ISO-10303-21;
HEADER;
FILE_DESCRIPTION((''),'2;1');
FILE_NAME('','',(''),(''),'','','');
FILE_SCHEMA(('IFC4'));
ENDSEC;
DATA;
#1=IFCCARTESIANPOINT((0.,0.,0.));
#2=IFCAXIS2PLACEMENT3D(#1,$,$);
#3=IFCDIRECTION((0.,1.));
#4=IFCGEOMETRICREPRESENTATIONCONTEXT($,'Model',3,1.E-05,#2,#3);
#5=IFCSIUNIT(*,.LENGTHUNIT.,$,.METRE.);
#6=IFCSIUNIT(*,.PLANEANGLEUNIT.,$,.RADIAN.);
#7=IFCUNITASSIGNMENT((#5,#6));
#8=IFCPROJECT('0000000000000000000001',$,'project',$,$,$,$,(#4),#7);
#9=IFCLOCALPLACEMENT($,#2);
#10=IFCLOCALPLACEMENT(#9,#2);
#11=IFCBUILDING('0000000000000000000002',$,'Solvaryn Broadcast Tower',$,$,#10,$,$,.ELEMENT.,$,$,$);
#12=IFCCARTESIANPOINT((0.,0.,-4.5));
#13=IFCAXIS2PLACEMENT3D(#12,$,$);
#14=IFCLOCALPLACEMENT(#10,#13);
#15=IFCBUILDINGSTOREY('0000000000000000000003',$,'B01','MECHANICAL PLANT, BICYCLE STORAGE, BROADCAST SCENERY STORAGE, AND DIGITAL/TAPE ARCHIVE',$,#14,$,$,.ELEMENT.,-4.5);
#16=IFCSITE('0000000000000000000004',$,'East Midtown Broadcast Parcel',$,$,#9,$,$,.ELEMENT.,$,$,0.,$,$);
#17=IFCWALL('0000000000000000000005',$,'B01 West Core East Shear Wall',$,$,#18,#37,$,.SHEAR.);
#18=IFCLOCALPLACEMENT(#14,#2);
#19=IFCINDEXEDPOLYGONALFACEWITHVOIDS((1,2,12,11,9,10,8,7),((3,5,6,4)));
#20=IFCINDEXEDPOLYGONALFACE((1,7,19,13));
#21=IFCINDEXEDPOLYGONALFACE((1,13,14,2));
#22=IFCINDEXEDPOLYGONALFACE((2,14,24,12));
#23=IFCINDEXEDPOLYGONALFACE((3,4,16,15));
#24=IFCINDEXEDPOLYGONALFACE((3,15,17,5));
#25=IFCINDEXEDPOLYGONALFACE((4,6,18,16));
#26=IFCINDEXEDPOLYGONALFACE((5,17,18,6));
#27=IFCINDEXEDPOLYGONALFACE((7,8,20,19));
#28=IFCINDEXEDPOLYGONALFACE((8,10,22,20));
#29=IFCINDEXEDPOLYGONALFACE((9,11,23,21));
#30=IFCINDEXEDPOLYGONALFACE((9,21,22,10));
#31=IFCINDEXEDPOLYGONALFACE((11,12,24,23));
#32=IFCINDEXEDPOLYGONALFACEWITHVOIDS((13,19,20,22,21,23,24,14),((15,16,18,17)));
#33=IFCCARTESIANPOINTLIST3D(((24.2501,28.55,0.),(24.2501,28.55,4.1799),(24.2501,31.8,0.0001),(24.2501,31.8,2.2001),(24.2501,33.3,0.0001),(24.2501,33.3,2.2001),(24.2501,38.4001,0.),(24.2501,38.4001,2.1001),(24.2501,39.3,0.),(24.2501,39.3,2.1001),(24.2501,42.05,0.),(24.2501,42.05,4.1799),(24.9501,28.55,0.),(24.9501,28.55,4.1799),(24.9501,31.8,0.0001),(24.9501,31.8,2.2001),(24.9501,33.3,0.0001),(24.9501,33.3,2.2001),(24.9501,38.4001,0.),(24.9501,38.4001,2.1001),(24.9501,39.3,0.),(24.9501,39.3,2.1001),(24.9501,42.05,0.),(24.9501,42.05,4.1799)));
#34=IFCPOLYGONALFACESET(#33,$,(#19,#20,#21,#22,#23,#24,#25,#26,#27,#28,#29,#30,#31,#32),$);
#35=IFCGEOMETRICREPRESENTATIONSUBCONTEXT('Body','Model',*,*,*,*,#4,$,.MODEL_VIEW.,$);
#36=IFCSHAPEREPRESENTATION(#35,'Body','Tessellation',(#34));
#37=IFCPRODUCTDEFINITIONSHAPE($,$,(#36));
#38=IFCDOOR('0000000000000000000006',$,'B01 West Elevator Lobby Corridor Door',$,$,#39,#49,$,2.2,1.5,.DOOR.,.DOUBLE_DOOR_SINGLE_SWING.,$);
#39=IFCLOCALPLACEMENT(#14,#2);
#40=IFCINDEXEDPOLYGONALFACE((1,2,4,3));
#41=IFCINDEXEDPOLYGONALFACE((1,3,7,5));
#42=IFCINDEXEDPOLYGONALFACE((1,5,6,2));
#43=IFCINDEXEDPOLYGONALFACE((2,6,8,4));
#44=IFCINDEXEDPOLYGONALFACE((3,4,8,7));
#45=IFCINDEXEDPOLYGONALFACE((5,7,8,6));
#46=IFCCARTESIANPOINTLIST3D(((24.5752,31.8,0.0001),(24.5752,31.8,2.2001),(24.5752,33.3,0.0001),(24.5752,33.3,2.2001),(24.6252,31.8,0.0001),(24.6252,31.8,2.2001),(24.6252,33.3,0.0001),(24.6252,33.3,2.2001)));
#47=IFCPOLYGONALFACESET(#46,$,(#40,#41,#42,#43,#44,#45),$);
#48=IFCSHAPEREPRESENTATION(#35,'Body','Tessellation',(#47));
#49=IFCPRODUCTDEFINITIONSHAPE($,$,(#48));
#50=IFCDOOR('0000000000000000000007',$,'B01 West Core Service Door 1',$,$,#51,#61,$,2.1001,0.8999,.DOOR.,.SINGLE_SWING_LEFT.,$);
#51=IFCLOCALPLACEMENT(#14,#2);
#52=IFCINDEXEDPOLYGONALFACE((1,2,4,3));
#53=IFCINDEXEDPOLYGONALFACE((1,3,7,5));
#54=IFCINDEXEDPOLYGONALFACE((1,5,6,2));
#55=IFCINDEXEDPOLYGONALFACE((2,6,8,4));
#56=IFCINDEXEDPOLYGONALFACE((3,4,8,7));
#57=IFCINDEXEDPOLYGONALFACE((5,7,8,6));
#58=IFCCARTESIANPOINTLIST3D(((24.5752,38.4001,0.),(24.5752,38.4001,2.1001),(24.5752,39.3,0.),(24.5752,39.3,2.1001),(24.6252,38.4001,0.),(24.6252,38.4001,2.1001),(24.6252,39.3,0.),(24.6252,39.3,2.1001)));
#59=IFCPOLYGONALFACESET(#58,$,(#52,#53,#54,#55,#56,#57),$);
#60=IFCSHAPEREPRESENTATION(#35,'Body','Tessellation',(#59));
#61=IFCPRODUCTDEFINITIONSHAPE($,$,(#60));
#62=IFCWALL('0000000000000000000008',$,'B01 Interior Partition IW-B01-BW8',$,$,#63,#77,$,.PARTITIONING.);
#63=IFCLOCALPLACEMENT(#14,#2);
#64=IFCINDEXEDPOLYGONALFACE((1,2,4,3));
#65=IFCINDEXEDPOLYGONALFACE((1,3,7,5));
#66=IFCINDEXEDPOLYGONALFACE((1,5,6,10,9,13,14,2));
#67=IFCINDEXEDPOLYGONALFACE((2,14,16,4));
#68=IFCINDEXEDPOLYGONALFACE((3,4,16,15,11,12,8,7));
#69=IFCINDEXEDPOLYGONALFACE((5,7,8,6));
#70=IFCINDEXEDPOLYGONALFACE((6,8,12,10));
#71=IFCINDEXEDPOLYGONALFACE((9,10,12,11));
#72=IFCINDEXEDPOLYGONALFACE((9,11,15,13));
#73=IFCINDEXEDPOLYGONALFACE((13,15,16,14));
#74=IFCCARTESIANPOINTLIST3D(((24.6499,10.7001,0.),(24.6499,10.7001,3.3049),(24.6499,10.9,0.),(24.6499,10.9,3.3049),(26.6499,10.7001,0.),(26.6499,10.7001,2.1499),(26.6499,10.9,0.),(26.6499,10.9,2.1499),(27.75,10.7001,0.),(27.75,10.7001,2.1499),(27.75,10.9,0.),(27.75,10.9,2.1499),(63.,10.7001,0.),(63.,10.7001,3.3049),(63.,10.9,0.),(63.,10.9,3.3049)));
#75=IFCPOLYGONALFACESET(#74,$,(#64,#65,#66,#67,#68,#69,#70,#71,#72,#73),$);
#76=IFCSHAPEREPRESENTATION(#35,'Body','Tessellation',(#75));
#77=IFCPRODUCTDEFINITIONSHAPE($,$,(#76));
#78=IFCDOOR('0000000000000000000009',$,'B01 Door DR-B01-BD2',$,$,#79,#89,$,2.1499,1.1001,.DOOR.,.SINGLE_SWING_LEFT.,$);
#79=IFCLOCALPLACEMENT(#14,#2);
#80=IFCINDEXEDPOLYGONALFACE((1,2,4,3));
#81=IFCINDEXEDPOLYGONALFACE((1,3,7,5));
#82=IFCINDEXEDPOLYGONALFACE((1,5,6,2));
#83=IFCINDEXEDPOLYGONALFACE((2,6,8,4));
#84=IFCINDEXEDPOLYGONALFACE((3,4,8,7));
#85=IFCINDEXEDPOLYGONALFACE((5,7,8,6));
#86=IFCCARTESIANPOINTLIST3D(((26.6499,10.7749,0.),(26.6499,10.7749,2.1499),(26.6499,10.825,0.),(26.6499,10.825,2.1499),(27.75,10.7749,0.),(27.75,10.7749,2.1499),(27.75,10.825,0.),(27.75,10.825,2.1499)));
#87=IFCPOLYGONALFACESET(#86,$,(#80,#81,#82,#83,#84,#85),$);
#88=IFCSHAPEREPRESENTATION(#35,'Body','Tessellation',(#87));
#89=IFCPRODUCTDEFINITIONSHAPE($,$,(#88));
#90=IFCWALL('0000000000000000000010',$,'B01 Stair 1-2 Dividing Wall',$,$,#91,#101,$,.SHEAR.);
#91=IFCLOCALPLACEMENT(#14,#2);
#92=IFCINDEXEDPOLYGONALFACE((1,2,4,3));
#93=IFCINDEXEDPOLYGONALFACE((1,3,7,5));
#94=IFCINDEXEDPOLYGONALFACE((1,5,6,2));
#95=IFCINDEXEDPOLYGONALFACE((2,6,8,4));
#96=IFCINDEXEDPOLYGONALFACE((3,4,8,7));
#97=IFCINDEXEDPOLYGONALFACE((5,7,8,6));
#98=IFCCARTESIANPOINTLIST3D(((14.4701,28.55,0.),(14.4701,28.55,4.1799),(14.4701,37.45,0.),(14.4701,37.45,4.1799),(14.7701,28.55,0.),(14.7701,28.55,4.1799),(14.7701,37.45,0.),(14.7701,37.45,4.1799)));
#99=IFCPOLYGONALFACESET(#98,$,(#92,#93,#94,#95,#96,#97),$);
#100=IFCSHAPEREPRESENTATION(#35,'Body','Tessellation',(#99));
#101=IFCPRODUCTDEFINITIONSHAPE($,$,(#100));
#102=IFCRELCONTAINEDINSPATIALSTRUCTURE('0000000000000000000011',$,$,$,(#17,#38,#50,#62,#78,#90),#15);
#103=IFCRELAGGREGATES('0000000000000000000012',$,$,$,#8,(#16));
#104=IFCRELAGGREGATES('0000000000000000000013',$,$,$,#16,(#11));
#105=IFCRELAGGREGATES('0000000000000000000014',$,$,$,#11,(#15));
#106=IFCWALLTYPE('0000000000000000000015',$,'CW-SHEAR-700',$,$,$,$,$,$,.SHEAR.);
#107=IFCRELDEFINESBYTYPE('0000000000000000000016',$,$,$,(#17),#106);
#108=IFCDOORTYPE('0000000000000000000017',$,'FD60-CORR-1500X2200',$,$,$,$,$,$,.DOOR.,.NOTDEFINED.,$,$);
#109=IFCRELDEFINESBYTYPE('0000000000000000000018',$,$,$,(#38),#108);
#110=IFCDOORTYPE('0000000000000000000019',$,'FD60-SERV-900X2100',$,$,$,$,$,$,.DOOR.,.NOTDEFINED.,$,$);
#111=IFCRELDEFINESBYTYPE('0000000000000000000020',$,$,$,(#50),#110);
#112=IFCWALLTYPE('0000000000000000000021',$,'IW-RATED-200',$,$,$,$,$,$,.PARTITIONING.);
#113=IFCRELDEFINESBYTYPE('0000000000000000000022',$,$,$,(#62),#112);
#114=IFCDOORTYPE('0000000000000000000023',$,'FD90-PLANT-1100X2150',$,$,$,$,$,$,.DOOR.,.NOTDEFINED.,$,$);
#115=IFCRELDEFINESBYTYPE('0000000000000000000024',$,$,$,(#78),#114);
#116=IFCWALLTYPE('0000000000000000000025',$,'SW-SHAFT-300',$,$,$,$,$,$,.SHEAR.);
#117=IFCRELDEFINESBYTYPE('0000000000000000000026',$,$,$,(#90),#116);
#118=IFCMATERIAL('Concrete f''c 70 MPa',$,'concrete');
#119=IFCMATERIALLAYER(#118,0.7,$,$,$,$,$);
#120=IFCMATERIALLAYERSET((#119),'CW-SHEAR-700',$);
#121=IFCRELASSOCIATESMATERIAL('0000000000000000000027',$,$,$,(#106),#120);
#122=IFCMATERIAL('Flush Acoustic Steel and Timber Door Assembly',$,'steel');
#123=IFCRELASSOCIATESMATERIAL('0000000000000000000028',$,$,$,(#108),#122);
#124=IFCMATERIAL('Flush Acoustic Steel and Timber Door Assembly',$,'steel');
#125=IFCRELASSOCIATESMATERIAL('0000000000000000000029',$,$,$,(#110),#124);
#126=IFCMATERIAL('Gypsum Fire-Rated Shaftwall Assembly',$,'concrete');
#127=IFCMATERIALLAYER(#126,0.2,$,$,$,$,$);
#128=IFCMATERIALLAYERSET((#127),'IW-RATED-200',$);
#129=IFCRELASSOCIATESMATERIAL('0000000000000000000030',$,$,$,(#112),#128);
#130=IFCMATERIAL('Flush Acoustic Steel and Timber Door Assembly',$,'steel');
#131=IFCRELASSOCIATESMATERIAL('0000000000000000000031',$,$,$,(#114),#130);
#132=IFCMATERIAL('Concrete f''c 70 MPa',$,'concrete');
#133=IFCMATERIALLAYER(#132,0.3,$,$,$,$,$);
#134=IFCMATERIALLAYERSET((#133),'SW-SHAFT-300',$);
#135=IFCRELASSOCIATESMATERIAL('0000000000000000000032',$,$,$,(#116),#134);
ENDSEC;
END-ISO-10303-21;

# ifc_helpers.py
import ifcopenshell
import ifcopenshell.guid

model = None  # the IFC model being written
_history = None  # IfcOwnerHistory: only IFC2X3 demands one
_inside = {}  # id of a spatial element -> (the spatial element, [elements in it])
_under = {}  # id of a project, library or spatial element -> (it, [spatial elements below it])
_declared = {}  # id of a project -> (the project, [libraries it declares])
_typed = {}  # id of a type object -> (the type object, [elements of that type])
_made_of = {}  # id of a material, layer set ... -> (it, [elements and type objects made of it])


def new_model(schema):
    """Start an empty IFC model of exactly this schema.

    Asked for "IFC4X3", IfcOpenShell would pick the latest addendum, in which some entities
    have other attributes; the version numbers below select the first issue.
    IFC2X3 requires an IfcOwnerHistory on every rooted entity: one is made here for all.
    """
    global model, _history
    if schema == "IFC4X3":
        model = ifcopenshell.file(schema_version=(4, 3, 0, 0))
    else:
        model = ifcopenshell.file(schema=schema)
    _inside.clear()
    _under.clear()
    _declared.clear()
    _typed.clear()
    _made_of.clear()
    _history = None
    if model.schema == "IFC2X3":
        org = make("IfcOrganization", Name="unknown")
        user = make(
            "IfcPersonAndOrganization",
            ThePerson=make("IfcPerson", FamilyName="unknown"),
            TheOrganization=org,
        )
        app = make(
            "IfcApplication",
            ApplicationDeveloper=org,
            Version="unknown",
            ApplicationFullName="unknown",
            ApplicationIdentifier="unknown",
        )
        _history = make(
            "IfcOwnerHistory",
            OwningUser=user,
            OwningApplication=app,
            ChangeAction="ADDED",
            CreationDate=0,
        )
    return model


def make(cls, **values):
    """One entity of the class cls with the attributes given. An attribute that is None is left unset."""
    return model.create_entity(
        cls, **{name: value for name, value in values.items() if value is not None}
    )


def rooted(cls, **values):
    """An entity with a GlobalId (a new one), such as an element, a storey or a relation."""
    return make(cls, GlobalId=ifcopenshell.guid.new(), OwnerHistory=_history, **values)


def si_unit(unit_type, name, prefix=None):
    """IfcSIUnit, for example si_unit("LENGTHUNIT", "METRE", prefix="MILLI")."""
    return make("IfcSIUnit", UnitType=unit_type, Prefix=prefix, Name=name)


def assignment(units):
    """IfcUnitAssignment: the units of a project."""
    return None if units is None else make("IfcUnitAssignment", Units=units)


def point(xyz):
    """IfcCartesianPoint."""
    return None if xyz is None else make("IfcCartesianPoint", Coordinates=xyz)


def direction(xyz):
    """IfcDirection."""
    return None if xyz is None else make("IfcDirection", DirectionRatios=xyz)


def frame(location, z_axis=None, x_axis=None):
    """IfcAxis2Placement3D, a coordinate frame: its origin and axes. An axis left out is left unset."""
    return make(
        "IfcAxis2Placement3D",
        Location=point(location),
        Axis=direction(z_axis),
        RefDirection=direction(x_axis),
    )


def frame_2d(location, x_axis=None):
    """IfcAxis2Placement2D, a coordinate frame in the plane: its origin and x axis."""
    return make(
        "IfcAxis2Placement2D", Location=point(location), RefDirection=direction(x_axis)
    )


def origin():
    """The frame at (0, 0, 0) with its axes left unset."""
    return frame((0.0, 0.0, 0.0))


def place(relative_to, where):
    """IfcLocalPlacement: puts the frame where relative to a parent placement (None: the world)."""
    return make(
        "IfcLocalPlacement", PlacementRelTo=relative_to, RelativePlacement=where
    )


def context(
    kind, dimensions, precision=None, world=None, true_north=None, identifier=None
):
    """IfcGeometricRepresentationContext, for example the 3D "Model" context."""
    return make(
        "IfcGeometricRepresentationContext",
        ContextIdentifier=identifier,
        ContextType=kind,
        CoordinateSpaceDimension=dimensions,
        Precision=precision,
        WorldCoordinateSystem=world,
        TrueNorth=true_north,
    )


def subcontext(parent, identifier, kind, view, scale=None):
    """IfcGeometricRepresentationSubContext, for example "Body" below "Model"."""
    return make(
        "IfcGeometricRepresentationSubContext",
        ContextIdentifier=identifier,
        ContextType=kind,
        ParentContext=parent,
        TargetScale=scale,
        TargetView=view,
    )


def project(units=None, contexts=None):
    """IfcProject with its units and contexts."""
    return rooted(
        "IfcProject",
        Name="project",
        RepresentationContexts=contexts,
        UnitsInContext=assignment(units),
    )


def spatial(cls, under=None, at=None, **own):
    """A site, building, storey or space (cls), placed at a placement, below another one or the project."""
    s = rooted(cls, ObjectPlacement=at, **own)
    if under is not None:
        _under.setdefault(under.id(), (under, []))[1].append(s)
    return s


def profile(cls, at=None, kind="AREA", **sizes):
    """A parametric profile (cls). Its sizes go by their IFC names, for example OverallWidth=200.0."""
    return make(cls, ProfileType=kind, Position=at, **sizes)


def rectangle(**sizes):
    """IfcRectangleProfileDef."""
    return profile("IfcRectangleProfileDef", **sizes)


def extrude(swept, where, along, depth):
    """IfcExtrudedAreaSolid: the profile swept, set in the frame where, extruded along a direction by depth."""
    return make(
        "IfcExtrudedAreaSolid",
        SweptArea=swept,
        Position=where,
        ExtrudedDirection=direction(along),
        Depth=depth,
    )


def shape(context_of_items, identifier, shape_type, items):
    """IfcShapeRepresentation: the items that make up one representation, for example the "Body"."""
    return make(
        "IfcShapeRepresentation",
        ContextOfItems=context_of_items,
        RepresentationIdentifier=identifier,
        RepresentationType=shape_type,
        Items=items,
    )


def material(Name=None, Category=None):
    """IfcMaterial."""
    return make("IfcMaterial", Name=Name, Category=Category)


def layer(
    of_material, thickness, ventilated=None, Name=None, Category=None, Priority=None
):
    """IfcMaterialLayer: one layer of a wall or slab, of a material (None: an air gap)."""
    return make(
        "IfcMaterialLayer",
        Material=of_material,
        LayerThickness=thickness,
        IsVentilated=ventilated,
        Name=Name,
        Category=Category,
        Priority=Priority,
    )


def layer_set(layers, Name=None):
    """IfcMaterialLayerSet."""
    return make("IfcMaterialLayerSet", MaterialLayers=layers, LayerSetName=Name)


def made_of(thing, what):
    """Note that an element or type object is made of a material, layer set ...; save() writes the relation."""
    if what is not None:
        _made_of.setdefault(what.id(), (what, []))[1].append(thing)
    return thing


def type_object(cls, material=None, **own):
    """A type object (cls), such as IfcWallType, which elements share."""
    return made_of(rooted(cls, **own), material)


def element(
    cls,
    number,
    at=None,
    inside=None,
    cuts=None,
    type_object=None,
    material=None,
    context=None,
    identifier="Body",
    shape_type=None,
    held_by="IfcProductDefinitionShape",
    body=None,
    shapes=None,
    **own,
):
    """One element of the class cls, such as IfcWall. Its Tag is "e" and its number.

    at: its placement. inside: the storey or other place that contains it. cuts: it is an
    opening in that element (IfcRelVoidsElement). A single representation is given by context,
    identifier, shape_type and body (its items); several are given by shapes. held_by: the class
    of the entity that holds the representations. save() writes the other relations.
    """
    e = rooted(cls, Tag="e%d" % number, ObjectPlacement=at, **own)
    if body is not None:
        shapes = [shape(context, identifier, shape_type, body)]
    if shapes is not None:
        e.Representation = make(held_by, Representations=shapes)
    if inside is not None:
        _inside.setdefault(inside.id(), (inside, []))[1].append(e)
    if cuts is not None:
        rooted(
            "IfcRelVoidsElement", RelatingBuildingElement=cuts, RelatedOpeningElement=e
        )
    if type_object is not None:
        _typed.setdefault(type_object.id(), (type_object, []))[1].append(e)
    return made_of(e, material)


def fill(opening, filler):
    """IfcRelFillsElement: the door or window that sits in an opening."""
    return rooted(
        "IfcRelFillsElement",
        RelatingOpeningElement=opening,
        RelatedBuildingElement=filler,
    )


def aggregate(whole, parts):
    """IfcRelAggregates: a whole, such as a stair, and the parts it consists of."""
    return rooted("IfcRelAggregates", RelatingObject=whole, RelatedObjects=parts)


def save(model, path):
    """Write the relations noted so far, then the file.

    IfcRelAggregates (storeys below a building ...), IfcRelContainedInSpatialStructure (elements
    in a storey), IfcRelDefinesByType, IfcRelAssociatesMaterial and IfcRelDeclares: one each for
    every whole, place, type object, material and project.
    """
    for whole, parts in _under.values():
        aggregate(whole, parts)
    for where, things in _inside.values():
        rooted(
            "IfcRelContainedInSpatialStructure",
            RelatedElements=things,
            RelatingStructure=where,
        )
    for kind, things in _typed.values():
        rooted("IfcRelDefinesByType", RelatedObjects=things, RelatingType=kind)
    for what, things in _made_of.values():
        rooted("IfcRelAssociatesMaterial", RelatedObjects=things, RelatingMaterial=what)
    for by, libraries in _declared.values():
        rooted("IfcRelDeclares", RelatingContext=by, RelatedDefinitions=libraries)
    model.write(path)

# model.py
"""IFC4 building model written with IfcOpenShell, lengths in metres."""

from ifc_helpers import new_model, si_unit, direction, frame, frame_2d, origin, place, context, subcontext, project, spatial, rectangle, extrude, material, layer, layer_set, type_object, element, fill, save


model = new_model("IFC4")

# Units and contexts
model_context = context("Model", 3, precision=1e-05, world=origin(), true_north=direction((0.0, 1.0)))
body_context = subcontext(model_context, "Body", "Model", "MODEL_VIEW")
ifc_project = project(units=[si_unit("LENGTHUNIT", "METRE"), si_unit("PLANEANGLEUNIT", "RADIAN")], contexts=[model_context])

# Site, building, storey
site_placement = place(None, origin())
site = spatial("IfcSite", under=ifc_project, at=site_placement, Name="East Midtown Broadcast Parcel", CompositionType="ELEMENT", RefElevation=0.0)
building_placement = place(site_placement, origin())
building = spatial("IfcBuilding", under=site, at=building_placement, Name="Solvaryn Broadcast Tower", CompositionType="ELEMENT")
storey_placement = place(building_placement, frame((0.0, 0.0, -4.5)))
storey = spatial("IfcBuildingStorey", under=building, at=storey_placement, Name="B01", Description="MECHANICAL PLANT, BICYCLE STORAGE, BROADCAST SCENERY STORAGE, AND DIGITAL/TAPE ARCHIVE", CompositionType="ELEMENT", Elevation=-4.5)

# Shared definitions
ifc_material_1 = material(Name="Concrete f'c 70 MPa", Category="concrete")
ifc_layer_1 = layer(ifc_material_1, 0.7)
ifc_layer_set_1 = layer_set([ifc_layer_1], Name="CW-SHEAR-700")
wall_type_1 = type_object("IfcWallType", Name="CW-SHEAR-700", PredefinedType="SHEAR", material=ifc_layer_set_1)

# Wall, openings, doors
wall_1_placement = place(storey_placement, frame((24.6001, 28.55, 0.0), z_axis=(0.0, 0.0, 1.0), x_axis=(0.0, 1.0, 0.0)))
wall_1 = element("IfcWall", 1, at=wall_1_placement, inside=storey, type_object=wall_type_1, Name="B01 West Core East Shear Wall", PredefinedType="SHEAR", context=body_context, shape_type="SweptSolid", body=[
    extrude(rectangle(XDim=13.5, YDim=0.7, at=frame_2d((6.75, 0.0))), origin(), (0.0, 0.0, 1.0), 4.1799),
])
opening_1_placement = place(wall_1_placement, frame((3.25, 0.0, 0.0)))
opening_1 = element("IfcOpeningElement", 2, at=opening_1_placement, cuts=wall_1, PredefinedType="OPENING", context=body_context, shape_type="SweptSolid", body=[
    extrude(rectangle(XDim=1.5, YDim=2.2, at=frame_2d((0.75, 1.1001))), frame((0.0, 0.3601, 0.0), z_axis=(0.0, -1.0, 0.0), x_axis=(1.0, 0.0, 0.0)), (0.0, 0.0, 1.0), 0.72),
])
opening_2_placement = place(wall_1_placement, frame((9.8501, 0.0, 0.0)))
opening_2 = element("IfcOpeningElement", 3, at=opening_2_placement, cuts=wall_1, PredefinedType="OPENING", context=body_context, shape_type="SweptSolid", body=[
    extrude(rectangle(XDim=0.8999, YDim=2.1001, at=frame_2d((0.45, 1.05))), frame((0.0, 0.3601, 0.0), z_axis=(0.0, -1.0, 0.0), x_axis=(1.0, 0.0, 0.0)), (0.0, 0.0, 1.0), 0.72),
])
ifc_material_2 = material(Name="Flush Acoustic Steel and Timber Door Assembly", Category="steel")
door_type_1 = type_object("IfcDoorType", Name="FD60-CORR-1500X2200", OperationType="NOTDEFINED", PredefinedType="DOOR", material=ifc_material_2)
door_1_placement = place(opening_1_placement, origin())
door_1 = element("IfcDoor", 4, at=door_1_placement, inside=storey, type_object=door_type_1, Name="B01 West Elevator Lobby Corridor Door", OperationType="DOUBLE_DOOR_SINGLE_SWING", OverallHeight=2.2, OverallWidth=1.5, PredefinedType="DOOR", context=body_context, shape_type="SweptSolid", body=[
    extrude(rectangle(XDim=1.5, YDim=2.2, at=frame_2d((0.75, 1.1001))), frame((0.0, 0.0249, 0.0), z_axis=(0.0, -1.0, 0.0), x_axis=(1.0, 0.0, 0.0)), (0.0, 0.0, 1.0), 0.05),
])
fill(opening_1, door_1)
ifc_material_3 = material(Name="Flush Acoustic Steel and Timber Door Assembly", Category="steel")
door_type_2 = type_object("IfcDoorType", Name="FD60-SERV-900X2100", OperationType="NOTDEFINED", PredefinedType="DOOR", material=ifc_material_3)
door_2_placement = place(opening_2_placement, origin())
door_2 = element("IfcDoor", 5, at=door_2_placement, inside=storey, type_object=door_type_2, Name="B01 West Core Service Door 1", OperationType="SINGLE_SWING_LEFT", OverallHeight=2.1001, OverallWidth=0.8999, PredefinedType="DOOR", context=body_context, shape_type="SweptSolid", body=[
    extrude(rectangle(XDim=0.8999, YDim=2.1001, at=frame_2d((0.45, 1.05))), frame((0.0, 0.0249, 0.0), z_axis=(0.0, -1.0, 0.0), x_axis=(1.0, 0.0, 0.0)), (0.0, 0.0, 1.0), 0.05),
])
fill(opening_2, door_2)

# Wall, opening, door
ifc_material_4 = material(Name="Gypsum Fire-Rated Shaftwall Assembly", Category="concrete")
ifc_layer_2 = layer(ifc_material_4, 0.2)
ifc_layer_set_2 = layer_set([ifc_layer_2], Name="IW-RATED-200")
wall_type_2 = type_object("IfcWallType", Name="IW-RATED-200", PredefinedType="PARTITIONING", material=ifc_layer_set_2)
wall_2_placement = place(storey_placement, frame((24.6499, 10.8, 0.0), z_axis=(0.0, 0.0, 1.0), x_axis=(1.0, 0.0, 0.0)))
wall_2 = element("IfcWall", 6, at=wall_2_placement, inside=storey, type_object=wall_type_2, Name="B01 Interior Partition IW-B01-BW8", PredefinedType="PARTITIONING", context=body_context, shape_type="SweptSolid", body=[
    extrude(rectangle(XDim=38.3501, YDim=0.2, at=frame_2d((19.175, 0.0))), origin(), (0.0, 0.0, 1.0), 3.3049),
])
opening_3_placement = place(wall_2_placement, frame((2.0, 0.0, 0.0)))
opening_3 = element("IfcOpeningElement", 7, at=opening_3_placement, cuts=wall_2, PredefinedType="OPENING", context=body_context, shape_type="SweptSolid", body=[
    extrude(rectangle(XDim=1.1001, YDim=2.1499, at=frame_2d((0.55, 1.075))), frame((0.0, 0.1101, 0.0), z_axis=(0.0, -1.0, 0.0), x_axis=(1.0, 0.0, 0.0)), (0.0, 0.0, 1.0), 0.22),
])
ifc_material_5 = material(Name="Flush Acoustic Steel and Timber Door Assembly", Category="steel")
door_type_3 = type_object("IfcDoorType", Name="FD90-PLANT-1100X2150", OperationType="NOTDEFINED", PredefinedType="DOOR", material=ifc_material_5)
door_3_placement = place(opening_3_placement, origin())
door_3 = element("IfcDoor", 8, at=door_3_placement, inside=storey, type_object=door_type_3, Name="B01 Door DR-B01-BD2", OperationType="SINGLE_SWING_LEFT", OverallHeight=2.1499, OverallWidth=1.1001, PredefinedType="DOOR", context=body_context, shape_type="SweptSolid", body=[
    extrude(rectangle(XDim=1.1001, YDim=2.1499, at=frame_2d((0.55, 1.075))), frame((0.0, 0.0249, 0.0), z_axis=(0.0, -1.0, 0.0), x_axis=(1.0, 0.0, 0.0)), (0.0, 0.0, 1.0), 0.05),
])
fill(opening_3, door_3)

# Wall
ifc_material_6 = material(Name="Concrete f'c 70 MPa", Category="concrete")
ifc_layer_3 = layer(ifc_material_6, 0.3)
ifc_layer_set_3 = layer_set([ifc_layer_3], Name="SW-SHAFT-300")
wall_type_3 = type_object("IfcWallType", Name="SW-SHAFT-300", PredefinedType="SHEAR", material=ifc_layer_set_3)
wall_3_placement = place(storey_placement, frame((14.6201, 28.55, 0.0), z_axis=(0.0, 0.0, 1.0), x_axis=(0.0, 1.0, 0.0)))
element("IfcWall", 9, at=wall_3_placement, inside=storey, type_object=wall_type_3, Name="B01 Stair 1-2 Dividing Wall", PredefinedType="SHEAR", context=body_context, shape_type="SweptSolid", body=[
    extrude(rectangle(XDim=8.8999, YDim=0.3, at=frame_2d((4.45, 0.0))), origin(), (0.0, 0.0, 1.0), 4.1799),
])

save(model, "model.ifc")
